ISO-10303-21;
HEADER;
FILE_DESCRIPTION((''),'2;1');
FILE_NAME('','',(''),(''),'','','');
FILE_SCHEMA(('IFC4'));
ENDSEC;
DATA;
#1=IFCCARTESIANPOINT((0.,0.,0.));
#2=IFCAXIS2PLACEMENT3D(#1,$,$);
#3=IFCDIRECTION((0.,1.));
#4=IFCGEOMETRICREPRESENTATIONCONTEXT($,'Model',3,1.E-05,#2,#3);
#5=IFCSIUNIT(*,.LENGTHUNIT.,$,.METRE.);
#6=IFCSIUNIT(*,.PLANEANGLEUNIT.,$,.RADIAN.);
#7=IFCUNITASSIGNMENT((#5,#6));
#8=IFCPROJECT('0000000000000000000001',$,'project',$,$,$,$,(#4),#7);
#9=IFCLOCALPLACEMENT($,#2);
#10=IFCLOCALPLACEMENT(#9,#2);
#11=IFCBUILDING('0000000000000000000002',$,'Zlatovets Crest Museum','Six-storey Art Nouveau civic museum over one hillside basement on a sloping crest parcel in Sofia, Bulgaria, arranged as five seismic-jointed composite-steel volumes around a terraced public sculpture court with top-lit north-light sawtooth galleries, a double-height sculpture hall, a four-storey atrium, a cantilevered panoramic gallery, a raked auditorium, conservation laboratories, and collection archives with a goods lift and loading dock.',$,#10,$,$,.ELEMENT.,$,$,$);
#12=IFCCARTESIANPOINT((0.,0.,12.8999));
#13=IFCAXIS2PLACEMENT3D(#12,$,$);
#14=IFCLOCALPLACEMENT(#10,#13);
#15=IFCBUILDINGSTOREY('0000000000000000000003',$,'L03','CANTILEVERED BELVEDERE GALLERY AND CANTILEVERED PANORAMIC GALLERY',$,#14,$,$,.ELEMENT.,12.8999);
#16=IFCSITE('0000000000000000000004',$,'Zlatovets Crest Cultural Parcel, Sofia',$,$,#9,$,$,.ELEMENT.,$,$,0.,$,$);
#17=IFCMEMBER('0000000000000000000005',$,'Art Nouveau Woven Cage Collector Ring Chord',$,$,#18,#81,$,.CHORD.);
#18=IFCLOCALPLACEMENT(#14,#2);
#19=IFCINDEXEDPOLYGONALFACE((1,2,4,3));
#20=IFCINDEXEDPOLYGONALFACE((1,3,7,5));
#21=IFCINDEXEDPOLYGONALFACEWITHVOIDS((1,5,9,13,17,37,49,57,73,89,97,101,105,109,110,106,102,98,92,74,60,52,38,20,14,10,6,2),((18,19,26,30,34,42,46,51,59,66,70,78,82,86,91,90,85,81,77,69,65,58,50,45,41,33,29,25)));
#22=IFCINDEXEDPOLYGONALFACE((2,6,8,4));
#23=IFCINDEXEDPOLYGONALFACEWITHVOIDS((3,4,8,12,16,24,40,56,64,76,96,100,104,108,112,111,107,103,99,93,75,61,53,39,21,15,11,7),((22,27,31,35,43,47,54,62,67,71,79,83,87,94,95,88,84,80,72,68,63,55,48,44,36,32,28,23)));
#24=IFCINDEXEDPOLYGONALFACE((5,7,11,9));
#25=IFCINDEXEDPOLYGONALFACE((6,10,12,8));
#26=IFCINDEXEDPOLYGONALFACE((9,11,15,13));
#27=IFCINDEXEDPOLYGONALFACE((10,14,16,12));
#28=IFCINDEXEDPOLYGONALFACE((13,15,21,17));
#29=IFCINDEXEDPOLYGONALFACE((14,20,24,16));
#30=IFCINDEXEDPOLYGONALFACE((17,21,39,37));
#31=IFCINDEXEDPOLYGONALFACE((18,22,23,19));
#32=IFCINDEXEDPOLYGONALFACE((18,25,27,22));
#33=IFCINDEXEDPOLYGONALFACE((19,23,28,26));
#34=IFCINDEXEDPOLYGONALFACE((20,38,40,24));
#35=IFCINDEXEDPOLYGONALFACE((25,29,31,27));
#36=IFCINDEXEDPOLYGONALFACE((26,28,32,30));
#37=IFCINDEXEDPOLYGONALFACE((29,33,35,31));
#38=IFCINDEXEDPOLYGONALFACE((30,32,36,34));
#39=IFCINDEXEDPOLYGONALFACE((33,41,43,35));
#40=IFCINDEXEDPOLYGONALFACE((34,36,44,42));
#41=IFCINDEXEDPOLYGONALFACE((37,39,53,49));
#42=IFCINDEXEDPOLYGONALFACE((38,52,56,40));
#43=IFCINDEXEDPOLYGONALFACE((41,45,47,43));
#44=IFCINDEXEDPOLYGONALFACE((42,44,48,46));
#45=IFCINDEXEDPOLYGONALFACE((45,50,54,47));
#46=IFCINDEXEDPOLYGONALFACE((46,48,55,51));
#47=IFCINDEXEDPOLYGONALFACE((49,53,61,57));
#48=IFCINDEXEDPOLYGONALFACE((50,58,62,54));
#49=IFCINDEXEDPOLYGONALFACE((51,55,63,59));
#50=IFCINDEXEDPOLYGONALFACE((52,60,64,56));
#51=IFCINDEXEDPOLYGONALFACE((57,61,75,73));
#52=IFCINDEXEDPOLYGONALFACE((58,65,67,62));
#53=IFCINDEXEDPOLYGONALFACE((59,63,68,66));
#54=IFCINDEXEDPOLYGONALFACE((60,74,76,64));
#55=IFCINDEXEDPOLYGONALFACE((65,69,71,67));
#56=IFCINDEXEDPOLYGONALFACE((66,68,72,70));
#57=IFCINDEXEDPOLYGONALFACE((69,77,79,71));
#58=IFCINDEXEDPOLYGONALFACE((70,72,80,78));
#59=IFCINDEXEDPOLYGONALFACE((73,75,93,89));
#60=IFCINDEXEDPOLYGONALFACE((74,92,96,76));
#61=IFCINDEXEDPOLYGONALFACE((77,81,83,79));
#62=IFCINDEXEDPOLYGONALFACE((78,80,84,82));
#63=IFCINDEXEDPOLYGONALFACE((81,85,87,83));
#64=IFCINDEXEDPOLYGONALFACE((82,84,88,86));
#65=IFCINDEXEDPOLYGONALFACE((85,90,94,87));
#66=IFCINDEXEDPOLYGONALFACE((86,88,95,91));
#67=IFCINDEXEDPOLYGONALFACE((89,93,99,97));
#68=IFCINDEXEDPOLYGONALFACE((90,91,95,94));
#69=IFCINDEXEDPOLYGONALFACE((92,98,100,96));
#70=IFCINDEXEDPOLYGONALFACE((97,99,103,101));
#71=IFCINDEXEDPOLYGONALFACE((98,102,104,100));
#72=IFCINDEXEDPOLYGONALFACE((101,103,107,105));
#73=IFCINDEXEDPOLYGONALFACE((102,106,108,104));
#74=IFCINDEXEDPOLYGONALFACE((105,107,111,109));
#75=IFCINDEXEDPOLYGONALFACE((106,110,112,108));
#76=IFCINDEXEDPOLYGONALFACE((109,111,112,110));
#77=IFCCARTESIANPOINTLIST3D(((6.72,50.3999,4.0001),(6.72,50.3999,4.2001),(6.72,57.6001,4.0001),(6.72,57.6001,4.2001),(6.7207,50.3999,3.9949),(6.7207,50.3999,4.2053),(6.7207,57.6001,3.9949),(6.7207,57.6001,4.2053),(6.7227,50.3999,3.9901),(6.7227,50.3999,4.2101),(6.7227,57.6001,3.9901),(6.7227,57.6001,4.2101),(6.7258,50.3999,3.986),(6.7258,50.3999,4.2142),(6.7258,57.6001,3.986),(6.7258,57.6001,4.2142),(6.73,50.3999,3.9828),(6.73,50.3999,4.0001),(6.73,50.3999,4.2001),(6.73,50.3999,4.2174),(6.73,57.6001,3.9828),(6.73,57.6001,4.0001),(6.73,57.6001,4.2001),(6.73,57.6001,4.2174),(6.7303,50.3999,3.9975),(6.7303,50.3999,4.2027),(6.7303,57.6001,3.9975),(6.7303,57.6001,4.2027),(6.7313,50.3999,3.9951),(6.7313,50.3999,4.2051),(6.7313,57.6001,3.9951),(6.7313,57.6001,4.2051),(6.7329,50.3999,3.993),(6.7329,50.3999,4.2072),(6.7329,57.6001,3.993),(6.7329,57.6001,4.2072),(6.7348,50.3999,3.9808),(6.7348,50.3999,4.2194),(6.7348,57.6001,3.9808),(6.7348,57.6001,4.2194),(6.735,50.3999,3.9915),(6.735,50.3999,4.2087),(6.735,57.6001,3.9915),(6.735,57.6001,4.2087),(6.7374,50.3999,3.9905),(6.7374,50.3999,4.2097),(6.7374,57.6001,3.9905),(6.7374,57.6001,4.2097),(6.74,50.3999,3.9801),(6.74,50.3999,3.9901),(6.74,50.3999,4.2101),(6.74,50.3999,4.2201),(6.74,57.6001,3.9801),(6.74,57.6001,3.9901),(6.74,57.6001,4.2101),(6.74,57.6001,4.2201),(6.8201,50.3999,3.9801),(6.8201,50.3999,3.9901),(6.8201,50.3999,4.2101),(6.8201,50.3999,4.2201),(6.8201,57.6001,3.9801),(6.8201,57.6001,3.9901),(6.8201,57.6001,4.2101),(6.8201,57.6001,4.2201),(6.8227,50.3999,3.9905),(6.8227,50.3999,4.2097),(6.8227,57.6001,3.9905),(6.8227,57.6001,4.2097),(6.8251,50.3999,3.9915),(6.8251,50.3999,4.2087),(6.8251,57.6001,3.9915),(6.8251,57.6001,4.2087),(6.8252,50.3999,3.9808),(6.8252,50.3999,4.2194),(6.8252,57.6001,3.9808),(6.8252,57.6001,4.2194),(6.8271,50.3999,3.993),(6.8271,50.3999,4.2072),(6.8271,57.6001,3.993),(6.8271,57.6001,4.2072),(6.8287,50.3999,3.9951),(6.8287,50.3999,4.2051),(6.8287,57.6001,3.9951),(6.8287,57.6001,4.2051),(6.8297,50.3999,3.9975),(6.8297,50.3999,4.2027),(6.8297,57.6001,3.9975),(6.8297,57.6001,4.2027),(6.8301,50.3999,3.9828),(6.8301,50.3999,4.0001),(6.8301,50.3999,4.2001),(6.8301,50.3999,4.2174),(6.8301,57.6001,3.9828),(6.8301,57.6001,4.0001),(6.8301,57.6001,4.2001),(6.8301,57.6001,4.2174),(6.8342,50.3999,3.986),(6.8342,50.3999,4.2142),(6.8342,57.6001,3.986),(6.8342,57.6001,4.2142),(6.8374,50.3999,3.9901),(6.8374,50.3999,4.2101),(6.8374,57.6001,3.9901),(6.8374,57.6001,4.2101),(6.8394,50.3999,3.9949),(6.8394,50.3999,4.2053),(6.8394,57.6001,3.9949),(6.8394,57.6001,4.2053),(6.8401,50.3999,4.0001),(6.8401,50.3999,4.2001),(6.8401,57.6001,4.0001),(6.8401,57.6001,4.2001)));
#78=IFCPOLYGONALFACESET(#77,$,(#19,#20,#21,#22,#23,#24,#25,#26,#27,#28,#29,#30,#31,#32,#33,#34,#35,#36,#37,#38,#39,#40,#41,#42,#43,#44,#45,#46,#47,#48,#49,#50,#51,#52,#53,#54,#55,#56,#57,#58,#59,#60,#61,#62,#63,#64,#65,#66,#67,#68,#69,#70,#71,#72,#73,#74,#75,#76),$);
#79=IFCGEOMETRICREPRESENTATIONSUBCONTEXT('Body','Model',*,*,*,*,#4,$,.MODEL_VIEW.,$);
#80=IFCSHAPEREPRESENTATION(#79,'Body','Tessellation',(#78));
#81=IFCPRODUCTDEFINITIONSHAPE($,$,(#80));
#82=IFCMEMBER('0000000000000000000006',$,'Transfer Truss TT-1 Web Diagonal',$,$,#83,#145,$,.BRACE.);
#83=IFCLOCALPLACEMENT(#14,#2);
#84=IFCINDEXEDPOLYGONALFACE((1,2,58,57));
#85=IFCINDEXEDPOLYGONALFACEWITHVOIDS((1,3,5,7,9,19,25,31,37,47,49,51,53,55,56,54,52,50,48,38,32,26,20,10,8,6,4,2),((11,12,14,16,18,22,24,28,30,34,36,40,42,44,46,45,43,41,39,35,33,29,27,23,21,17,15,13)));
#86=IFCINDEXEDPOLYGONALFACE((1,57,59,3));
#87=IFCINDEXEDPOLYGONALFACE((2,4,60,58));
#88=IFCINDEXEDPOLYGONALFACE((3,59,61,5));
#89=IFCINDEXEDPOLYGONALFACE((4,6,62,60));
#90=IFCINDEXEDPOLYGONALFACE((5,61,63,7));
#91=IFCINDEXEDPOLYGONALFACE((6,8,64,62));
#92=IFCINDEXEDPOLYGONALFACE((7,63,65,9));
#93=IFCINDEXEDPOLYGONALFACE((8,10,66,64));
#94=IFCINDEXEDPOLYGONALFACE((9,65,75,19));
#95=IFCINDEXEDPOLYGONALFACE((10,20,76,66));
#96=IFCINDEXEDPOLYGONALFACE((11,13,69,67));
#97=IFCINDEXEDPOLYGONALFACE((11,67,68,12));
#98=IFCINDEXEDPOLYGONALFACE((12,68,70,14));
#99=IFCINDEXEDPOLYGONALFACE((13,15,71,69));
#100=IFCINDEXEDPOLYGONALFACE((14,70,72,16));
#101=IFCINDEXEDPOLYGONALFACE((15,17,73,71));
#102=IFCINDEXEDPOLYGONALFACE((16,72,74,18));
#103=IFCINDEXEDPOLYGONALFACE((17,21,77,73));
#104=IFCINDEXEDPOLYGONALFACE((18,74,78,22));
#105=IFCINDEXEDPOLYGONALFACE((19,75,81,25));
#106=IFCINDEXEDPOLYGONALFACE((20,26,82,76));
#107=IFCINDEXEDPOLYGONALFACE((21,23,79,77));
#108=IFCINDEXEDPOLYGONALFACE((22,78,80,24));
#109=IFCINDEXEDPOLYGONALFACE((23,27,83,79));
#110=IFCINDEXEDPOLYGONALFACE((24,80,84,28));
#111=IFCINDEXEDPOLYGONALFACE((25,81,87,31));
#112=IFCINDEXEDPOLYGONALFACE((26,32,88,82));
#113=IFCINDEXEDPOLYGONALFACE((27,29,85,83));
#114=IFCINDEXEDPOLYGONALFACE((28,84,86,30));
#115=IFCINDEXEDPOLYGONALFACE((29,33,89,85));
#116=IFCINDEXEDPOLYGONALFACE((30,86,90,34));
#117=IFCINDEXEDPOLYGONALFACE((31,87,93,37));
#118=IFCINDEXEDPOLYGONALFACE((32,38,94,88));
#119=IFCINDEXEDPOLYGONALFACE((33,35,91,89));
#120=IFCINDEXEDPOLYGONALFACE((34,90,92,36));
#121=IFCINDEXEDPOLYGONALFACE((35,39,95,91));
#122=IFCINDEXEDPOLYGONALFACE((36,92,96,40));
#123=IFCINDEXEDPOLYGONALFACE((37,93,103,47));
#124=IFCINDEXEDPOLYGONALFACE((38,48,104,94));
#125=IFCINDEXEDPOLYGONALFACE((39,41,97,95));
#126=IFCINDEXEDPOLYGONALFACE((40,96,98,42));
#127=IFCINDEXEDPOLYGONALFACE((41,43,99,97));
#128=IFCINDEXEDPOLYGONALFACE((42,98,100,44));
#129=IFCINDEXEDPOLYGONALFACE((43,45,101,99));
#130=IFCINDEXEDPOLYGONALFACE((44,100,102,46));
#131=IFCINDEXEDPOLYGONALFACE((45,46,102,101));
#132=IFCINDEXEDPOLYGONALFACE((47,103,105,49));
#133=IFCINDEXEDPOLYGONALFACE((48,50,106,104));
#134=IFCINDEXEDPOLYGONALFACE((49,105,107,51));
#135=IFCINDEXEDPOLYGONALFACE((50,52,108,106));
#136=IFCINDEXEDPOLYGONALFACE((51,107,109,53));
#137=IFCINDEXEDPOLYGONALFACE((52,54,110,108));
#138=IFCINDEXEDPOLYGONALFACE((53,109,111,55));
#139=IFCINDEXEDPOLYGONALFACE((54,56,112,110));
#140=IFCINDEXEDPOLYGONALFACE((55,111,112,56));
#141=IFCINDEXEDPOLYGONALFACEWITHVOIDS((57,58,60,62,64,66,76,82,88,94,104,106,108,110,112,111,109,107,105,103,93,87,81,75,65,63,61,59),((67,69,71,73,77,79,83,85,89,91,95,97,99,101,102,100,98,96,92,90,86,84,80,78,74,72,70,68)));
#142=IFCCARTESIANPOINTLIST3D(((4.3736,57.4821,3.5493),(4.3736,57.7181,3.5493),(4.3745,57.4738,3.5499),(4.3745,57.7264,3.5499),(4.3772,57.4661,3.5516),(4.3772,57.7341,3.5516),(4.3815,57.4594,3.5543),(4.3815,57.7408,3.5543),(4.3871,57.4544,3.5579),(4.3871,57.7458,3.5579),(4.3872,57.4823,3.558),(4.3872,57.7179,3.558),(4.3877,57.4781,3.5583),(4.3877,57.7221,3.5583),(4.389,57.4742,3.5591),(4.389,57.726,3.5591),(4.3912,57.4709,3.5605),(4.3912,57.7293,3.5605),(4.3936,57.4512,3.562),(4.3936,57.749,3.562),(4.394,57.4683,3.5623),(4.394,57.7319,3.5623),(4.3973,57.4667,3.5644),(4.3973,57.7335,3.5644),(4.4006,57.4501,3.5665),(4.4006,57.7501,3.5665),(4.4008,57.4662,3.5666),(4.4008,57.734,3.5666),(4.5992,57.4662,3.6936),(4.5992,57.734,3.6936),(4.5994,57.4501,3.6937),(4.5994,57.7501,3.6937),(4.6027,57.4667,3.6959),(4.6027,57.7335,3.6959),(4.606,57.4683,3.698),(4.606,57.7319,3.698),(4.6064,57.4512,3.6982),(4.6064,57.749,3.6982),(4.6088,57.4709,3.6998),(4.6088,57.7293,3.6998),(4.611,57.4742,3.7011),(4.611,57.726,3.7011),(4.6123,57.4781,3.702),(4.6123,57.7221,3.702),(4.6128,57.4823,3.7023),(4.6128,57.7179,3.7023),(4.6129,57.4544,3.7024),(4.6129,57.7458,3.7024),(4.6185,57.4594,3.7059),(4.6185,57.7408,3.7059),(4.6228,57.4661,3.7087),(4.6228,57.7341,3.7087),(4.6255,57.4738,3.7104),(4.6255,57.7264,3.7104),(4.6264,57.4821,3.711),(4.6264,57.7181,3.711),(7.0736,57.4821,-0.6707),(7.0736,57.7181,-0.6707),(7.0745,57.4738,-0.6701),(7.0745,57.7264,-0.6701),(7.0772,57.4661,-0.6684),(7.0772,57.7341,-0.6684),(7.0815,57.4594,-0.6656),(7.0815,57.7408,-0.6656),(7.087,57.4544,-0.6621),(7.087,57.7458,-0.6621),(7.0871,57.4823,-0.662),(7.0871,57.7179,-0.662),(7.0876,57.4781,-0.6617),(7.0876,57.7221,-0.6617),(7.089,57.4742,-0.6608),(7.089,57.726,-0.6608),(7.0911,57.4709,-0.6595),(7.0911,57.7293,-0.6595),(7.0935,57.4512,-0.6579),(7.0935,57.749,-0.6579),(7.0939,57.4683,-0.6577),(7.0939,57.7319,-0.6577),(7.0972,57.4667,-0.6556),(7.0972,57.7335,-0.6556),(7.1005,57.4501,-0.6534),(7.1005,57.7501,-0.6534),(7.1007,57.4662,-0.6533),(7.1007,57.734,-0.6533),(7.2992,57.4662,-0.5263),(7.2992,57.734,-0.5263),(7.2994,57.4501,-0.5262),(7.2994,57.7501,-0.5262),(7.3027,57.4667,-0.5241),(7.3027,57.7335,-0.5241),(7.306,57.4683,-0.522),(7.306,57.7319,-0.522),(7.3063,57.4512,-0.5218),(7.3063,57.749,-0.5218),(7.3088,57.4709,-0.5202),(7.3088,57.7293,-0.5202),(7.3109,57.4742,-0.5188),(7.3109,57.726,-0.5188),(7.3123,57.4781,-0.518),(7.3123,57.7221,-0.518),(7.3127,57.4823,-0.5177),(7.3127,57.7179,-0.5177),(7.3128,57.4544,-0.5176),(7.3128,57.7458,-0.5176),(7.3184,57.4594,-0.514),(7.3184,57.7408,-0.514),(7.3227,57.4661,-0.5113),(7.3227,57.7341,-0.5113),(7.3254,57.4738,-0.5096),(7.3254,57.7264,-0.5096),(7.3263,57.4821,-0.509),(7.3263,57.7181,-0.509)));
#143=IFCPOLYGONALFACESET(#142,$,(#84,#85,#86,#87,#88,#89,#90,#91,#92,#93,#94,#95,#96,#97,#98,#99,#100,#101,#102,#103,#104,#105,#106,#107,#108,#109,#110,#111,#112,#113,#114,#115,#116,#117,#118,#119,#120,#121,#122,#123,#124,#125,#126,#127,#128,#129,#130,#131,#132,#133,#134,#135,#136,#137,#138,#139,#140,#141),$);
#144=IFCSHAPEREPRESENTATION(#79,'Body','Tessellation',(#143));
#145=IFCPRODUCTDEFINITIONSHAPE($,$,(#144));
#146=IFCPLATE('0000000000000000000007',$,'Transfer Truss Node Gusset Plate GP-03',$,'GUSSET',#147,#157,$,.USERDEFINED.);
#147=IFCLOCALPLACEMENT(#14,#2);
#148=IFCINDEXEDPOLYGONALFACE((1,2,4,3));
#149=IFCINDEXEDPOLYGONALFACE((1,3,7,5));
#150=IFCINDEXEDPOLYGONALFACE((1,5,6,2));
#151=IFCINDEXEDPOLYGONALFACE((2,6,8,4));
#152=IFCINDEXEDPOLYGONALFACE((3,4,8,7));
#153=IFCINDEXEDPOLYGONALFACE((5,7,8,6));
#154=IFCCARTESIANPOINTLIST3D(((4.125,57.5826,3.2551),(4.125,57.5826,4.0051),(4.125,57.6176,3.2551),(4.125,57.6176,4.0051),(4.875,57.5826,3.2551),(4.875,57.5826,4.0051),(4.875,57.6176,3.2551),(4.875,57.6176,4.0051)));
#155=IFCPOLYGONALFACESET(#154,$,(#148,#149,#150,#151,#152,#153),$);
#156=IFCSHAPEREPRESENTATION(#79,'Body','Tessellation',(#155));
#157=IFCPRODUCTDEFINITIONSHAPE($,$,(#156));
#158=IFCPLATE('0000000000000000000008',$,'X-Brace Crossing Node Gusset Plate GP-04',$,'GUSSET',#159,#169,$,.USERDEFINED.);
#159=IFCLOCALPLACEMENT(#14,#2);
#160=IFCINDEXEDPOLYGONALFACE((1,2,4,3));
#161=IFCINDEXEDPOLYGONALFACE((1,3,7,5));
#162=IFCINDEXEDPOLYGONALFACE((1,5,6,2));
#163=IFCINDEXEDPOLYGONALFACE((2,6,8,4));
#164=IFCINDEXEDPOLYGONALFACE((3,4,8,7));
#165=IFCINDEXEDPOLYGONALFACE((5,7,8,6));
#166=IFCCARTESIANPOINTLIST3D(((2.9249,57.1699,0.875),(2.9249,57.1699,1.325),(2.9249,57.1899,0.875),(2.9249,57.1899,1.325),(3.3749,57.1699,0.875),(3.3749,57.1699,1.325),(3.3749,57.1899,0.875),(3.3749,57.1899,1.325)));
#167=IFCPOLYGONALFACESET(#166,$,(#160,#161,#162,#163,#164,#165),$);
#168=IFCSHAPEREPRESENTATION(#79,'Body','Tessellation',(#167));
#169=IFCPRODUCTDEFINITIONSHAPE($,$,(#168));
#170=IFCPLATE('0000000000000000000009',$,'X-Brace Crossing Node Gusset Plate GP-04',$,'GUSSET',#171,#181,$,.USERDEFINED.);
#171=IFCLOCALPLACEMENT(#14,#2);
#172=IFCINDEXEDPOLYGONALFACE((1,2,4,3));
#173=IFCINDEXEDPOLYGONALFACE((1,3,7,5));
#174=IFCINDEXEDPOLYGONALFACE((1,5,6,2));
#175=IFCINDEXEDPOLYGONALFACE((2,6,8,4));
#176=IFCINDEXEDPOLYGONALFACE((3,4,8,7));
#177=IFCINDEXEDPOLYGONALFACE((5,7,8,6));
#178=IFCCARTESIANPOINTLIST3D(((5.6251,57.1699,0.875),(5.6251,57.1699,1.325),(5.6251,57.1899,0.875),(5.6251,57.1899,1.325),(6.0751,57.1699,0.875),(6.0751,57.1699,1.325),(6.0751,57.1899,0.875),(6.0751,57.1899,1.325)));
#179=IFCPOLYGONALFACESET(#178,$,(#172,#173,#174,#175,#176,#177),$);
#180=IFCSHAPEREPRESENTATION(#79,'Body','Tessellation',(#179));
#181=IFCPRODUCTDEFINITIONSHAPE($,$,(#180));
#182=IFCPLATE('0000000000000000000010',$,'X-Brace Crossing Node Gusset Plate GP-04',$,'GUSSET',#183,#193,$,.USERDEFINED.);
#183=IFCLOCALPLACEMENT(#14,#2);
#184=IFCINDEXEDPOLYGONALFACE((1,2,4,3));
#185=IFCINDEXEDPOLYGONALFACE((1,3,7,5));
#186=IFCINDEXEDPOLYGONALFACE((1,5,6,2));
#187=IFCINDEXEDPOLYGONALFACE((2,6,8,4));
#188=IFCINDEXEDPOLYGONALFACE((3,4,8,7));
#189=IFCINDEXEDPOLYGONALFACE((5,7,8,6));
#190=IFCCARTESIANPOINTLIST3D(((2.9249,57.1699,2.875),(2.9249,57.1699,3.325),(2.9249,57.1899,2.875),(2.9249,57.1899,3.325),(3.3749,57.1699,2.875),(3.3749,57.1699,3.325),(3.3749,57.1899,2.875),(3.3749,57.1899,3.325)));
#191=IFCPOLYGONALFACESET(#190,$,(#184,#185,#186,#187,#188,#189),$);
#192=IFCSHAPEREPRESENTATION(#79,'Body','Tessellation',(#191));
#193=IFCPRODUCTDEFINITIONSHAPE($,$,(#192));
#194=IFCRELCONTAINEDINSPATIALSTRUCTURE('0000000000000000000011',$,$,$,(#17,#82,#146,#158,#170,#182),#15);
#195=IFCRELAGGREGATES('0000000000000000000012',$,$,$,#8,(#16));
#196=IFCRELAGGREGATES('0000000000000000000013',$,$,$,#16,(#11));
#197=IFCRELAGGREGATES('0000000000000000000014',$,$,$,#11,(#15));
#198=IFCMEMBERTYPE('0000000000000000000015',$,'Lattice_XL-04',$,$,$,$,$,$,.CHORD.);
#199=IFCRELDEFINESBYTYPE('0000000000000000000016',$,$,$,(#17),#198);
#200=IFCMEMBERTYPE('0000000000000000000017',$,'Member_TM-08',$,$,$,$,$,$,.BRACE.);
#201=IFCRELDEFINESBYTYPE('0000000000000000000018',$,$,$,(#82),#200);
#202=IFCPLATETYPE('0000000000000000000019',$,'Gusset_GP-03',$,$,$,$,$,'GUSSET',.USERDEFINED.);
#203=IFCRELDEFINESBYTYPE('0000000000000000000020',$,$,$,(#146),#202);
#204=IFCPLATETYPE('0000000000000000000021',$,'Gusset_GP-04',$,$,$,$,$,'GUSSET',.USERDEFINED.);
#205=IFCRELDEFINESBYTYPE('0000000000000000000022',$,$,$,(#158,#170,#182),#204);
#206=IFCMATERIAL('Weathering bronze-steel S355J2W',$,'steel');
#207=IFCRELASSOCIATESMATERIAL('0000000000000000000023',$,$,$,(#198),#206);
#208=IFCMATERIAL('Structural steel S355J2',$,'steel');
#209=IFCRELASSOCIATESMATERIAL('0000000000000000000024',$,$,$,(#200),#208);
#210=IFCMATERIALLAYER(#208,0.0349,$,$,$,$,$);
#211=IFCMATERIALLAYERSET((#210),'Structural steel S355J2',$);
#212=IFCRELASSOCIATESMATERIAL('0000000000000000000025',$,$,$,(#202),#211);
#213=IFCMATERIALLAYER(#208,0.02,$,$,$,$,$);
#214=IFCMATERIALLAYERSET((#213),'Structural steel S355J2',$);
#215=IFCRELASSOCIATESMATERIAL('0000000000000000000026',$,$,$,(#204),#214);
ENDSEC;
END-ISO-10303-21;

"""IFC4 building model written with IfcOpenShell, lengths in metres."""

from ifc_helpers import new_model, si_unit, direction, frame, origin, origin_2d, place, context, subcontext, project, spatial, rectangle, hollow_rectangle, extrude, material, layer, layer_set, material_profile, profile_set, type_object, element, save


model = new_model("IFC4")

# Units and contexts
model_context = context("Model", 3, precision=1e-05, world=origin(), true_north=direction((0.0, 1.0)))
body_context = subcontext(model_context, "Body", "Model", "MODEL_VIEW")
ifc_project = project(units=[si_unit("LENGTHUNIT", "METRE"), si_unit("PLANEANGLEUNIT", "RADIAN")], contexts=[model_context])

# Site, building, storey
site_placement = place(None, origin())
site = spatial("IfcSite", under=ifc_project, at=site_placement, Name="Zlatovets Crest Cultural Parcel, Sofia", CompositionType="ELEMENT", RefElevation=0.0)
building_placement = place(site_placement, origin())
building = spatial("IfcBuilding", under=site, at=building_placement, Name="Zlatovets Crest Museum", Description="Six-storey Art Nouveau civic museum over one hillside basement on a sloping crest parcel in Sofia, Bulgaria, arranged as five seismic-jointed composite-steel volumes around a terraced public sculpture court with top-lit north-light sawtooth galleries, a double-height sculpture hall, a four-storey atrium, a cantilevered panoramic gallery, a raked auditorium, conservation laboratories, and collection archives with a goods lift and loading dock.", CompositionType="ELEMENT")
storey_placement = place(building_placement, frame((0.0, 0.0, 12.8999)))
storey = spatial("IfcBuildingStorey", under=building, at=storey_placement, Name="L03", Description="CANTILEVERED BELVEDERE GALLERY AND CANTILEVERED PANORAMIC GALLERY", CompositionType="ELEMENT", Elevation=12.8999)

# Shared definitions
ifc_material_1 = material(Name="Structural steel S355J2", Category="steel")

# Members
ifc_material_2 = material(Name="Weathering bronze-steel S355J2W", Category="steel")
ifc_material_profile_1 = material_profile(ifc_material_2, hollow_rectangle(XDim=0.1201, YDim=0.24, WallThickness=0.01, InnerFilletRadius=0.01, OuterFilletRadius=0.02, at=origin_2d()), Name="RHS 120x240x10.0")
ifc_profile_set_1 = profile_set([ifc_material_profile_1], Name="Weathering bronze-steel S355J2W")
member_type_1 = type_object("IfcMemberType", Name="Lattice_XL-04", PredefinedType="CHORD", material=ifc_profile_set_1)
member_1_placement = place(storey_placement, frame((6.78, 57.6001, 4.1001), z_axis=(0.0, -1.0, 0.0), x_axis=(1.0, 0.0, 0.0)))
element("IfcMember", 1, at=member_1_placement, inside=storey, type_object=member_type_1, Name="Art Nouveau Woven Cage Collector Ring Chord", PredefinedType="CHORD", context=body_context, shape_type="SweptSolid", body=[
    extrude(hollow_rectangle(XDim=0.1201, YDim=0.24, WallThickness=0.01, InnerFilletRadius=0.01, OuterFilletRadius=0.02, at=origin_2d()), origin(), (0.0, 0.0, 1.0), 7.2002),
])
ifc_material_profile_2 = material_profile(ifc_material_1, hollow_rectangle(XDim=0.3, YDim=0.3, WallThickness=0.0161, InnerFilletRadius=0.0161, OuterFilletRadius=0.032, at=origin_2d()), Name="SHS 300x300x16.0")
ifc_profile_set_2 = profile_set([ifc_material_profile_2], Name="Structural steel S355J2")
member_type_2 = type_object("IfcMemberType", Name="Member_TM-08", PredefinedType="BRACE", material=ifc_profile_set_2)
member_2_placement = place(storey_placement, frame((4.5, 57.6001, 3.6301), z_axis=(0.538936, 0.0, -0.842347), x_axis=(0.0, 1.0, 0.0)))
element("IfcMember", 2, at=member_2_placement, inside=storey, type_object=member_type_2, Name="Transfer Truss TT-1 Web Diagonal", PredefinedType="BRACE", context=body_context, shape_type="SweptSolid", body=[
    extrude(hollow_rectangle(XDim=0.3, YDim=0.3, WallThickness=0.0161, InnerFilletRadius=0.0161, OuterFilletRadius=0.032, at=origin_2d()), origin(), (0.0, 0.0, 1.0), 5.0098),
])

# Plates
ifc_layer_1 = layer(ifc_material_1, 0.0349)
ifc_layer_set_1 = layer_set([ifc_layer_1], Name="Structural steel S355J2")
plate_type_1 = type_object("IfcPlateType", Name="Gusset_GP-03", ElementType="GUSSET", PredefinedType="USERDEFINED", material=ifc_layer_set_1)
plate_placement = place(storey_placement, frame((4.5, 57.6001, 3.2551), z_axis=(0.0, 0.0, 1.0), x_axis=(1.0, 0.0, 0.0)))
element("IfcPlate", 3, at=plate_placement, inside=storey, type_object=plate_type_1, Name="Transfer Truss Node Gusset Plate GP-03", ObjectType="GUSSET", PredefinedType="USERDEFINED", context=body_context, shape_type="SweptSolid", body=[
    extrude(rectangle(XDim=0.75, YDim=0.0349, at=origin_2d()), origin(), (0.0, 0.0, 1.0), 0.75),
])
ifc_layer_2 = layer(ifc_material_1, 0.02)
ifc_layer_set_2 = layer_set([ifc_layer_2], Name="Structural steel S355J2")
plate_type_2 = type_object("IfcPlateType", Name="Gusset_GP-04", ElementType="GUSSET", PredefinedType="USERDEFINED", material=ifc_layer_set_2)
for number, where, z_axis, x_axis, name in (
    (4, (3.1499, 57.1799, 0.875), (0.0, 0.0, 1.0), (1.0, 0.0, 0.0), "X-Brace Crossing Node Gusset Plate GP-04"),
    (5, (5.8501, 57.1799, 0.875), (0.0, 0.0, 1.0), (1.0, 0.0, 0.0), "X-Brace Crossing Node Gusset Plate GP-04"),
    (6, (3.1499, 57.1799, 2.875), (0.0, 0.0, 1.0), (1.0, 0.0, 0.0), "X-Brace Crossing Node Gusset Plate GP-04"),
):
    element("IfcPlate", number, at=place(storey_placement, frame(where, z_axis=z_axis, x_axis=x_axis)), inside=storey, type_object=plate_type_2, Name=name, ObjectType="GUSSET", PredefinedType="USERDEFINED", context=body_context, shape_type="SweptSolid", body=[
        extrude(rectangle(XDim=0.45, YDim=0.02, at=origin_2d()), origin(), (0.0, 0.0, 1.0), 0.45),
    ])

save(model, "model.ifc")
